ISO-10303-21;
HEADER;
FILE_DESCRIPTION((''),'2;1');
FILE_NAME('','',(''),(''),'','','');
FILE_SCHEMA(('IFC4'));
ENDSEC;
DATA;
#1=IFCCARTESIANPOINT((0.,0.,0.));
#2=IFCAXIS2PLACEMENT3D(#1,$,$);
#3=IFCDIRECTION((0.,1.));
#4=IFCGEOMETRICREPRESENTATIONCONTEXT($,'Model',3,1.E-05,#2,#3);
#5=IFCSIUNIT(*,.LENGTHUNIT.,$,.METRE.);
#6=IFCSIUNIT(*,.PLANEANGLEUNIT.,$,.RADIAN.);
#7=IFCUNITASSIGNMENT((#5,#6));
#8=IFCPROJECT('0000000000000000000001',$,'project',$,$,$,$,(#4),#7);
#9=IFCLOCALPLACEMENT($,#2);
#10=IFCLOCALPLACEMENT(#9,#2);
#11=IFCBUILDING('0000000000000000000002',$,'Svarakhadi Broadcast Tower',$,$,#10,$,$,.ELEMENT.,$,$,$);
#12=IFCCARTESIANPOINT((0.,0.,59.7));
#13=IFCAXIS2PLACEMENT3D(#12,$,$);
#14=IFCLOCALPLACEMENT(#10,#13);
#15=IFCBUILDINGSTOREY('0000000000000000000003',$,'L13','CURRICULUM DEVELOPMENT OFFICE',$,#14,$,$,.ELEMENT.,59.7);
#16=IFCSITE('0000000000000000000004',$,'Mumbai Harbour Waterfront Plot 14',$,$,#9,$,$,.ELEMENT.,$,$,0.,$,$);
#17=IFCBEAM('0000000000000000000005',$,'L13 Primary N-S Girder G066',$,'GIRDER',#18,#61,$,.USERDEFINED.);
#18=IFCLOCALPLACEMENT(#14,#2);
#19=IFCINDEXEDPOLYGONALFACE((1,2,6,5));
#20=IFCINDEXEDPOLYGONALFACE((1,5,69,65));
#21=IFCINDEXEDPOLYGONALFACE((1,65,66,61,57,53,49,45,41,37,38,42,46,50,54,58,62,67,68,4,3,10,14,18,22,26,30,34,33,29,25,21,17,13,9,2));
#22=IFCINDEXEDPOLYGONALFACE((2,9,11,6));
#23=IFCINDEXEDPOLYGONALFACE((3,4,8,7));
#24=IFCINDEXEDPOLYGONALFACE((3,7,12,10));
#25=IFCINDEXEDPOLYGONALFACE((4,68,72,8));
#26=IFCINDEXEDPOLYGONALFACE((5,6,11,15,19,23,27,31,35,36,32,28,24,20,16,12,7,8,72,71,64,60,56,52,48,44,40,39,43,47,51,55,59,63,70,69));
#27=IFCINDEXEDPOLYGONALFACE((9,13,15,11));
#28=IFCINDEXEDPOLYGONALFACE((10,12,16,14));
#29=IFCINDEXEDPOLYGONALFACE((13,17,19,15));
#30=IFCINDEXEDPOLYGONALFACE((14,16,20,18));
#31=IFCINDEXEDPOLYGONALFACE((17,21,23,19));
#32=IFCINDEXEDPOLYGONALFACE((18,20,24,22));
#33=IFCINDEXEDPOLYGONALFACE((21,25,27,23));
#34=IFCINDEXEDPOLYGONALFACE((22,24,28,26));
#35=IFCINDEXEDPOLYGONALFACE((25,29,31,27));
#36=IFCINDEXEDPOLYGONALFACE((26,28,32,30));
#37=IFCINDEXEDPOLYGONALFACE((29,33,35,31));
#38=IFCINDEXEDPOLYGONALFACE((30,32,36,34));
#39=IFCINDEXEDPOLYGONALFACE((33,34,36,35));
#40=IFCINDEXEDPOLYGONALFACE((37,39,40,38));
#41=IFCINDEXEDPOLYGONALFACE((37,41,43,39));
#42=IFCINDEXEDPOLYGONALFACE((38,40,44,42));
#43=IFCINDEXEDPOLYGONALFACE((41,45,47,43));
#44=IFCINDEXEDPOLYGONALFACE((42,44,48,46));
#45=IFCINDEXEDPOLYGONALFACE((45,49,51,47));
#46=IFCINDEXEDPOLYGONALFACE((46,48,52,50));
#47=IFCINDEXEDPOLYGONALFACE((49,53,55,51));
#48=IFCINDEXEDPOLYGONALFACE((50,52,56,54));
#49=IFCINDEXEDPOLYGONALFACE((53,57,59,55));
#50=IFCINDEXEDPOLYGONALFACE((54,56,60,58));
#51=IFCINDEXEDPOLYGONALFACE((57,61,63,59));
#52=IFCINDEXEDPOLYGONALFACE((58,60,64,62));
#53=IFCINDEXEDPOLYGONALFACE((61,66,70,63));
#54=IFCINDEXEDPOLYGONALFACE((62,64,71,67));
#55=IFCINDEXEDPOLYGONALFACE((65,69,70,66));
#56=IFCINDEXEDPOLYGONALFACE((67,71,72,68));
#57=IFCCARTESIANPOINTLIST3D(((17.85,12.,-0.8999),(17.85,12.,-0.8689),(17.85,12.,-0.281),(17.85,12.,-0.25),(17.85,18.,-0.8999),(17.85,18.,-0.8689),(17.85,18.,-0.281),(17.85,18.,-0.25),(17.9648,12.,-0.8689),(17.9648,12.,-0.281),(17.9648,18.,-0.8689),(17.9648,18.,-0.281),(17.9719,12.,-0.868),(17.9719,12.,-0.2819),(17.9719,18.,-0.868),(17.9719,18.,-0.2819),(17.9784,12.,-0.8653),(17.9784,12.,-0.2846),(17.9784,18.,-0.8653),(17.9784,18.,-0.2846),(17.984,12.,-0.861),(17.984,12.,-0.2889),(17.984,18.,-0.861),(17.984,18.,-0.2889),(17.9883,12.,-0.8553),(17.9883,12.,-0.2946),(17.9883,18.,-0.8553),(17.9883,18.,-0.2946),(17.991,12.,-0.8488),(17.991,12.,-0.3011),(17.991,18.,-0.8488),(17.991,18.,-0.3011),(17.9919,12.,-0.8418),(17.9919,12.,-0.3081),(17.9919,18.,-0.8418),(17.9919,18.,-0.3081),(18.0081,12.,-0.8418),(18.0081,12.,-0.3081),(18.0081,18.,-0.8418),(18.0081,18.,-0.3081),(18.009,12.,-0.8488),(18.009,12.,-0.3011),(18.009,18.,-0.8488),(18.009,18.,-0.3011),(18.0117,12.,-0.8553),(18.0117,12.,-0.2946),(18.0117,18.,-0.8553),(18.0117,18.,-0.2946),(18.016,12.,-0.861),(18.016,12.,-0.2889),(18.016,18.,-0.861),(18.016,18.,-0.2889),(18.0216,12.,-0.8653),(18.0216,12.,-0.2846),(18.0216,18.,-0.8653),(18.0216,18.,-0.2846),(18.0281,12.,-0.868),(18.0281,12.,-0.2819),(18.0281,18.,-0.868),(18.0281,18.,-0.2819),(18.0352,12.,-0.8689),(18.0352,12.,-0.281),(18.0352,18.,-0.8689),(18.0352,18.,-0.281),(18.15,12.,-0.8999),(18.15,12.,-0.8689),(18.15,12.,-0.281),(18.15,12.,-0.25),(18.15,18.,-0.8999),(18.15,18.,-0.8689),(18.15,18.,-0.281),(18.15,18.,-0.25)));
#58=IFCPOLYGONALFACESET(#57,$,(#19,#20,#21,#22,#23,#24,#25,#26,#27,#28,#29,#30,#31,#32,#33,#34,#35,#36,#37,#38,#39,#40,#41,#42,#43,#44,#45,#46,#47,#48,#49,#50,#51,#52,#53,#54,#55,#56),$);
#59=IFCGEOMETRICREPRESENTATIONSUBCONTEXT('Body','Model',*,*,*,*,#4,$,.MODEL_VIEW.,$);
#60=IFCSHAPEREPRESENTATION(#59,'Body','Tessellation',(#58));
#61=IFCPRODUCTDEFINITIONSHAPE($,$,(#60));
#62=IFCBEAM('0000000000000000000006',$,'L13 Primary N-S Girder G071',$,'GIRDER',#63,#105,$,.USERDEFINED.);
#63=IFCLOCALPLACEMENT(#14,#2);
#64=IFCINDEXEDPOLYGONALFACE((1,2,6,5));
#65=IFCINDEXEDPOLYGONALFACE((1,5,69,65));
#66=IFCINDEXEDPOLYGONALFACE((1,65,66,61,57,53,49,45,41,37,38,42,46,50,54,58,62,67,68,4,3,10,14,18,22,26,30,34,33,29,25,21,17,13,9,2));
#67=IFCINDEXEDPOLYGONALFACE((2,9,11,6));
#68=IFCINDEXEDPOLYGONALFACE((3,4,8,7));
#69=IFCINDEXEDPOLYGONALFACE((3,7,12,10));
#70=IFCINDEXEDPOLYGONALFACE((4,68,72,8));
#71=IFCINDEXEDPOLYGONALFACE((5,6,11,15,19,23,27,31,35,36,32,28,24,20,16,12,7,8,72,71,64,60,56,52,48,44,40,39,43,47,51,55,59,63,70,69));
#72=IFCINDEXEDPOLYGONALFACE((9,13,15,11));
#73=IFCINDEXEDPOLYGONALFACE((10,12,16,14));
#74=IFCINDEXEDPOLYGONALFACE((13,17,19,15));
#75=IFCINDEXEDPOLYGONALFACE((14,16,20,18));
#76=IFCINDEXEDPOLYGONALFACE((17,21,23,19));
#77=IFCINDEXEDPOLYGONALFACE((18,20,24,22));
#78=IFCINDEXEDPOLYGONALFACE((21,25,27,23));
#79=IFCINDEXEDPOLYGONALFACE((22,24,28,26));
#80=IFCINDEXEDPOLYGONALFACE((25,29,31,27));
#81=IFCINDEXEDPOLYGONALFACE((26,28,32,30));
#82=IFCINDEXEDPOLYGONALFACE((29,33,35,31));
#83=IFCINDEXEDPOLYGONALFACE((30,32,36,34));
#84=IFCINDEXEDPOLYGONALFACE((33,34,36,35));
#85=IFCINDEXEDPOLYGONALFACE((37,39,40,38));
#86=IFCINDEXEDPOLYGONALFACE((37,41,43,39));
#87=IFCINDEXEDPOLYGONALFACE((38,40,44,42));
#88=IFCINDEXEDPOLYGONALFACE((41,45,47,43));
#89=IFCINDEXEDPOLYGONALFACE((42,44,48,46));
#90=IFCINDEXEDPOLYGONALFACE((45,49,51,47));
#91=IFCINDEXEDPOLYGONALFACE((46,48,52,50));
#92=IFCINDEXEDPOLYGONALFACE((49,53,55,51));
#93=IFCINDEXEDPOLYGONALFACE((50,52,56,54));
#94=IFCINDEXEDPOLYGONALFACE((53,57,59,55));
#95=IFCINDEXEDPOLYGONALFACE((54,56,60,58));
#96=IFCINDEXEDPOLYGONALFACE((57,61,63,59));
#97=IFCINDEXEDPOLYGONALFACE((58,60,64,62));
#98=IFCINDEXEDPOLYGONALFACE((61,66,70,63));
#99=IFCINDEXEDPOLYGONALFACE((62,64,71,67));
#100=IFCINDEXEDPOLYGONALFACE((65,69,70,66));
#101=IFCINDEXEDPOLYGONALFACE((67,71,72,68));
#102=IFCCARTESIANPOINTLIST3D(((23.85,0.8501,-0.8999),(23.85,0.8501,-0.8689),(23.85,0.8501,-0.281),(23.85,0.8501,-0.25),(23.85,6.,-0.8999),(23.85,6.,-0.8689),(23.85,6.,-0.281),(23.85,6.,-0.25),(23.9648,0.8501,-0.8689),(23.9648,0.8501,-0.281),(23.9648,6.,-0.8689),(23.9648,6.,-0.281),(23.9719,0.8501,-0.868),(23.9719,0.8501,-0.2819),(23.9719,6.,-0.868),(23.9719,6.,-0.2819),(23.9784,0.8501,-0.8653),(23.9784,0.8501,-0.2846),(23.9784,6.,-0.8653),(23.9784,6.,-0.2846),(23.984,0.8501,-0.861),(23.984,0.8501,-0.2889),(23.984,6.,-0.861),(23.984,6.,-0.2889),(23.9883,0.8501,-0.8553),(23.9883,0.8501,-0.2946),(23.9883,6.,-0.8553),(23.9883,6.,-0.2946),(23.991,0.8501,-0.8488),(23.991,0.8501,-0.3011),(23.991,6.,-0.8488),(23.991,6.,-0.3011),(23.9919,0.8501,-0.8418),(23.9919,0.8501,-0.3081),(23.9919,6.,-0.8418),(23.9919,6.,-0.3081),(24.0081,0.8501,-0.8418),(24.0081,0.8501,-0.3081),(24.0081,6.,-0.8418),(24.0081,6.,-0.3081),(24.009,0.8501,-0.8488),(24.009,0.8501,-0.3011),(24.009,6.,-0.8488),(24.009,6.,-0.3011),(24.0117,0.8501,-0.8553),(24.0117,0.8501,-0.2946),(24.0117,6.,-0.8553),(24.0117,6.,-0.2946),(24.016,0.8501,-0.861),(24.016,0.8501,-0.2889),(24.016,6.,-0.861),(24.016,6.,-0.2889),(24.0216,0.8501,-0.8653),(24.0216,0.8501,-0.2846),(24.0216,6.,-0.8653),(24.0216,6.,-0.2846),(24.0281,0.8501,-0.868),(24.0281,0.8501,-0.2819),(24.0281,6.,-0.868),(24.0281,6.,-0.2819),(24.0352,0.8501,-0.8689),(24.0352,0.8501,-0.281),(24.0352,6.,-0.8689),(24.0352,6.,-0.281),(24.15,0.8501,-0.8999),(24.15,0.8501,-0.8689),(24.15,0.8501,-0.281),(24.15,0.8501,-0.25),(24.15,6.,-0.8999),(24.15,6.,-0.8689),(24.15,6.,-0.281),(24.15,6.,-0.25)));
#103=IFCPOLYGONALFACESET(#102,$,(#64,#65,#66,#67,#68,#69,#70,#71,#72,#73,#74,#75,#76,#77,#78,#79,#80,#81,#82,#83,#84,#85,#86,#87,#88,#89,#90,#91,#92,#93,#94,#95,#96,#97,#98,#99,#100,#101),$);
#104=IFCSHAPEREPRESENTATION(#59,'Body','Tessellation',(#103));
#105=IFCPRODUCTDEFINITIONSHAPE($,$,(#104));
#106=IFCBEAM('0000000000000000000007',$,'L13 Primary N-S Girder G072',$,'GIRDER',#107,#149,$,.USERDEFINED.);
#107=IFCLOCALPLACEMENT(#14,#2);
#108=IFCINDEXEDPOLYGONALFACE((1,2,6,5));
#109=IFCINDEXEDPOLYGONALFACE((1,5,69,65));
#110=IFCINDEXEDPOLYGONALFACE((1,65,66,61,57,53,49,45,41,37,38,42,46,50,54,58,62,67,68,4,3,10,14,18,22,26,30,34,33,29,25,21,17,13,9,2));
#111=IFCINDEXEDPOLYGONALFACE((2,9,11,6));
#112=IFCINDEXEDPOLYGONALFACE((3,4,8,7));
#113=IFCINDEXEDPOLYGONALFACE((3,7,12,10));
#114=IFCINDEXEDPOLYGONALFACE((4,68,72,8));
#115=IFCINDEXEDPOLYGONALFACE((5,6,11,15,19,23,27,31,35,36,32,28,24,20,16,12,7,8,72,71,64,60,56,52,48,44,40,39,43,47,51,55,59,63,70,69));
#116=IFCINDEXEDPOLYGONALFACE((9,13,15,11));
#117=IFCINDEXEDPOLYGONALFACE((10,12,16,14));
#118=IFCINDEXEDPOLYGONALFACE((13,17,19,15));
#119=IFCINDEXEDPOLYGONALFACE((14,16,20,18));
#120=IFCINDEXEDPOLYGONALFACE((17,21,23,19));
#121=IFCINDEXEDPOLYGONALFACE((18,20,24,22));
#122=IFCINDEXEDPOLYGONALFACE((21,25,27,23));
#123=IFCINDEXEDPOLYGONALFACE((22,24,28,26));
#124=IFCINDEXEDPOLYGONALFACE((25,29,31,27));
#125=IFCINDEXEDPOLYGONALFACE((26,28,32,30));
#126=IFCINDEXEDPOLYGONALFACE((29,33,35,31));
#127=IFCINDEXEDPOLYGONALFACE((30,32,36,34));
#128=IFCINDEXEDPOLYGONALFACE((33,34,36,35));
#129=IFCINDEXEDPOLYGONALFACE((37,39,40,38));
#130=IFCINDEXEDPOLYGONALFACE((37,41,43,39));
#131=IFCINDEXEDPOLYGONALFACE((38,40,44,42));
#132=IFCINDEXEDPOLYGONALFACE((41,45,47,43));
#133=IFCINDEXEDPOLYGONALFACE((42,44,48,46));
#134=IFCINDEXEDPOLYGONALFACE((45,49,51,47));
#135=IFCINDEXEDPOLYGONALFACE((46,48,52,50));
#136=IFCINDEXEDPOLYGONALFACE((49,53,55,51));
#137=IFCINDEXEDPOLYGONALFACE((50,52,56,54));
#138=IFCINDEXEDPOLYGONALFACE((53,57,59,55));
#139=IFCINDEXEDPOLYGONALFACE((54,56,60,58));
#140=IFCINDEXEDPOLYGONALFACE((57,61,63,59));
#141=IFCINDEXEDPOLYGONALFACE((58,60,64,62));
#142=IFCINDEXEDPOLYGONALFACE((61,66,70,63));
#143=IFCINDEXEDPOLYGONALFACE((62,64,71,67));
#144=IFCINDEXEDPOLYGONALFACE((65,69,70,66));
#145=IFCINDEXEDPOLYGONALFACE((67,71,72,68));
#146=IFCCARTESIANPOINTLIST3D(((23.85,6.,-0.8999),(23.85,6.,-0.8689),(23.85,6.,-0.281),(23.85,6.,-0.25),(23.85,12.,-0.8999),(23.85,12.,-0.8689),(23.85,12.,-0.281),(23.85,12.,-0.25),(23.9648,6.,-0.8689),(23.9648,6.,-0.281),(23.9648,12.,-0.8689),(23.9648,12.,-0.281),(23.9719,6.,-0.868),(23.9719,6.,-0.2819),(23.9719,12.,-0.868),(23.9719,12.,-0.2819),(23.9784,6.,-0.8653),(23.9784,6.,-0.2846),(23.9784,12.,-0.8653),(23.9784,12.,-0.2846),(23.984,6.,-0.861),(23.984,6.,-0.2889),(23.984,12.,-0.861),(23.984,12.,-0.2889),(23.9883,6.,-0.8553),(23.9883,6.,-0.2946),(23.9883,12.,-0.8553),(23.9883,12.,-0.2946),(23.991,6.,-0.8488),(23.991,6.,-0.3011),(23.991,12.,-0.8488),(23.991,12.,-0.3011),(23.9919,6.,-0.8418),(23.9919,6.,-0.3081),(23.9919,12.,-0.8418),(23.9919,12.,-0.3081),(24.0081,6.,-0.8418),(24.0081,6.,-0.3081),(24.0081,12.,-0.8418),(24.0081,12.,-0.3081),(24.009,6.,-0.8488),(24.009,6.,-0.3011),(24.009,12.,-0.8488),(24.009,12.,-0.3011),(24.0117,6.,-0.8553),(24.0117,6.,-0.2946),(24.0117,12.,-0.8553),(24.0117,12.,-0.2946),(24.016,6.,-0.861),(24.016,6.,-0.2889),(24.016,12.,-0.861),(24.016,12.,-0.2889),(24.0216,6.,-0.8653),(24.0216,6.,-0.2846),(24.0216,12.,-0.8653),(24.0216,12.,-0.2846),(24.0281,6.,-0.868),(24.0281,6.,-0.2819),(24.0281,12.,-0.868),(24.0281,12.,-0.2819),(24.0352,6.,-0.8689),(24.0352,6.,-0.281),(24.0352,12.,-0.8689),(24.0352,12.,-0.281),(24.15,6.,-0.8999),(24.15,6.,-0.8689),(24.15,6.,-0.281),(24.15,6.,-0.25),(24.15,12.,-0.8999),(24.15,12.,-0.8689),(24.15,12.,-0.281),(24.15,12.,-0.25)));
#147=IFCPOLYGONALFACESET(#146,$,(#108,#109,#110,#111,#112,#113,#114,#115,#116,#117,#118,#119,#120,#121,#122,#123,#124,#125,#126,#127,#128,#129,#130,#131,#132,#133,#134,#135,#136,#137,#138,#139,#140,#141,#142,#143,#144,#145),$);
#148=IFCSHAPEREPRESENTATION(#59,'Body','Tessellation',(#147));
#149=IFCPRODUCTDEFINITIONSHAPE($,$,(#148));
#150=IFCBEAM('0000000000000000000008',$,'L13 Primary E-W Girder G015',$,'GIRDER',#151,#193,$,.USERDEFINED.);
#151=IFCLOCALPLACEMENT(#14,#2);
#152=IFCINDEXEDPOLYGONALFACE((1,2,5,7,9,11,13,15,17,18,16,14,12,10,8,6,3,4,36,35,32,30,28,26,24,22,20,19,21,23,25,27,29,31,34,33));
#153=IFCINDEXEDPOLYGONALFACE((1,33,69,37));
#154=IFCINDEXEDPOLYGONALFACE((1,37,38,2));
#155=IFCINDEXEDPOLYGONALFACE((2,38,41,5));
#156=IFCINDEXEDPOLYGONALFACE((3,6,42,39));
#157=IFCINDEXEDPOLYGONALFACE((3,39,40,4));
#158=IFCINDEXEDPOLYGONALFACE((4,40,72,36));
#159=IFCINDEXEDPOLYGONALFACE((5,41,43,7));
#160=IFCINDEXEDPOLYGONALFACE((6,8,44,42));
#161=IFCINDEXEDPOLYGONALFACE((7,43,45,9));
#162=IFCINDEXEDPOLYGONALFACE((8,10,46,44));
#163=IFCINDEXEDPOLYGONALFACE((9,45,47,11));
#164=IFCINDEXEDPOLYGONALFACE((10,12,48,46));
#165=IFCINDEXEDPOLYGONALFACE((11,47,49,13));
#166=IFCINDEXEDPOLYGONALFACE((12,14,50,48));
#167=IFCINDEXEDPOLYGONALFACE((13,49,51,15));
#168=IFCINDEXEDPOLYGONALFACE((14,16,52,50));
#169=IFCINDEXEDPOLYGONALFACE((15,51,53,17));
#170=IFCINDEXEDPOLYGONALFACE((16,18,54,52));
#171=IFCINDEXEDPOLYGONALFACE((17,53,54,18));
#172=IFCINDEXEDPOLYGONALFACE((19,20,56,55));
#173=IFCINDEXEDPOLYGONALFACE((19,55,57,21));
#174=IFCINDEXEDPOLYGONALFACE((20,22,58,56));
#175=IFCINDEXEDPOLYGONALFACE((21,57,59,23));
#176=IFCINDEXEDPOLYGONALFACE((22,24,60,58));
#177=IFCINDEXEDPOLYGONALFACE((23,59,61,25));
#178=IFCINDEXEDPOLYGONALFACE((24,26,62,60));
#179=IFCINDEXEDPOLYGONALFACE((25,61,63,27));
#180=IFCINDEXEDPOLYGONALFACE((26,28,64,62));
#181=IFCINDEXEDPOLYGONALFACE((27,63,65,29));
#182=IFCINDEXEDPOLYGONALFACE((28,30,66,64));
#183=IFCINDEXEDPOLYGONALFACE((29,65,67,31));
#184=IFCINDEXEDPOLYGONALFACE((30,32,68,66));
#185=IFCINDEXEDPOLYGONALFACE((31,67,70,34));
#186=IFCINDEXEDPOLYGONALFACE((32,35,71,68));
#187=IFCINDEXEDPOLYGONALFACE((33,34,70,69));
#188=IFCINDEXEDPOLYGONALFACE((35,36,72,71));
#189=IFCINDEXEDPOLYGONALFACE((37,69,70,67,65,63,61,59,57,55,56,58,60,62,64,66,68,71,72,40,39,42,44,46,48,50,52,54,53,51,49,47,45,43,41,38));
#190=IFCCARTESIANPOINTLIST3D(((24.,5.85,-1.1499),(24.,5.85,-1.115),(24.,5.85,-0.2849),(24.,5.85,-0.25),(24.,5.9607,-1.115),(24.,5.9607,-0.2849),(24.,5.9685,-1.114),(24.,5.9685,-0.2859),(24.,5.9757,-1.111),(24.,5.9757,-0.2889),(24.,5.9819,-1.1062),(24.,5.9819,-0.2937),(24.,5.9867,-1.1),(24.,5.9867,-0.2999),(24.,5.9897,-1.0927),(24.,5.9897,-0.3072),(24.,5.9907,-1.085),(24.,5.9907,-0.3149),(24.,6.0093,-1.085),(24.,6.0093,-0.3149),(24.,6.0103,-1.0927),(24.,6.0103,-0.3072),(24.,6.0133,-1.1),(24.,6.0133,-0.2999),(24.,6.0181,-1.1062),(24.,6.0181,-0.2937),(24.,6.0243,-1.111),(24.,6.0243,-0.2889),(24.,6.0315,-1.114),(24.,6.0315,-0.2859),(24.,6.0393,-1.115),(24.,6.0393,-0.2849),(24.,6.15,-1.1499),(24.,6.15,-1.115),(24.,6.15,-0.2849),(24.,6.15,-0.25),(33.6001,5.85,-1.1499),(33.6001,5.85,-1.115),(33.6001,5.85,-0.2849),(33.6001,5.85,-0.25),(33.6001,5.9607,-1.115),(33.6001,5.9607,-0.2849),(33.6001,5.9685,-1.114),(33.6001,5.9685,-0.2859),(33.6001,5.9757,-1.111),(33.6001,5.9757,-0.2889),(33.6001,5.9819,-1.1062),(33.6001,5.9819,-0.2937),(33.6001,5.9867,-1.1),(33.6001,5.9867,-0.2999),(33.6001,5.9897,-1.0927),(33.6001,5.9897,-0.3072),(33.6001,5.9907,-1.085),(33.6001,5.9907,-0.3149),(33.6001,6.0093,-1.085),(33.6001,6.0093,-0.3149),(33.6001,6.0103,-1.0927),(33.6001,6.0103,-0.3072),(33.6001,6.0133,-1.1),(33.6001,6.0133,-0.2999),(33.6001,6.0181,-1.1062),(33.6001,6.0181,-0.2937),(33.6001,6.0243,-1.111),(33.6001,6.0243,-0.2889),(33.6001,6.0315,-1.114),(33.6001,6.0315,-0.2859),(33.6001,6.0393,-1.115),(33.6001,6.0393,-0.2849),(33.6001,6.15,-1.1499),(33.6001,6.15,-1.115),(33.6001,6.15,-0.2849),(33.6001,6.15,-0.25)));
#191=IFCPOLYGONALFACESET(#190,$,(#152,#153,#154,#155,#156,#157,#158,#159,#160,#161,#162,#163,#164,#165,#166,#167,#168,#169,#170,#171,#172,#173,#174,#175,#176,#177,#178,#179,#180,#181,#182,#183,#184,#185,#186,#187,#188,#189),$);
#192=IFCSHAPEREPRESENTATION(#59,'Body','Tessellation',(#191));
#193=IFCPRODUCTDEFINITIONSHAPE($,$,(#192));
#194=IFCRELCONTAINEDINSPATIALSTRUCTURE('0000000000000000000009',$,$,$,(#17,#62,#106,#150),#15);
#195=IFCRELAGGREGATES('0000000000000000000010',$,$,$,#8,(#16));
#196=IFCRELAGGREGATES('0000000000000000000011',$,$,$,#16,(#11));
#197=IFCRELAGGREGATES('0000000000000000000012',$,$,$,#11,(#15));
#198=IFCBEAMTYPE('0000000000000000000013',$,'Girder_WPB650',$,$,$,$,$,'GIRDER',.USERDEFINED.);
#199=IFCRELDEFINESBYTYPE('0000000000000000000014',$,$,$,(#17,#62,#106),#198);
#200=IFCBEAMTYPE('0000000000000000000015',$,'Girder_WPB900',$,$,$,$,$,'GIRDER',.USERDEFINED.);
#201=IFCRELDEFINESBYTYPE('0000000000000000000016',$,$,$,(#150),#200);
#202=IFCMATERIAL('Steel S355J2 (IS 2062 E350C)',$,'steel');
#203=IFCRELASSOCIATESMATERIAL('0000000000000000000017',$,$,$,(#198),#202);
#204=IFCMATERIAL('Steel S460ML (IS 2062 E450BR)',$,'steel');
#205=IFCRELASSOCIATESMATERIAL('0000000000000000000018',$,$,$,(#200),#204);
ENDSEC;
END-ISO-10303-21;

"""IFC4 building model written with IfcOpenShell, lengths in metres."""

from ifc_helpers import new_model, si_unit, direction, frame, origin, origin_2d, place, context, subcontext, project, spatial, i_section, extrude, material, material_profile, profile_set, type_object, element, save


model = new_model("IFC4")

# Units and contexts
model_context = context("Model", 3, precision=1e-05, world=origin(), true_north=direction((0.0, 1.0)))
body_context = subcontext(model_context, "Body", "Model", "MODEL_VIEW")
ifc_project = project(units=[si_unit("LENGTHUNIT", "METRE"), si_unit("PLANEANGLEUNIT", "RADIAN")], contexts=[model_context])

# Site, building, storey
site_placement = place(None, origin())
site = spatial("IfcSite", under=ifc_project, at=site_placement, Name="Mumbai Harbour Waterfront Plot 14", CompositionType="ELEMENT", RefElevation=0.0)
building_placement = place(site_placement, origin())
building = spatial("IfcBuilding", under=site, at=building_placement, Name="Svarakhadi Broadcast Tower", CompositionType="ELEMENT")
storey_placement = place(building_placement, frame((0.0, 0.0, 59.7)))
storey = spatial("IfcBuildingStorey", under=building, at=storey_placement, Name="L13", Description="CURRICULUM DEVELOPMENT OFFICE", CompositionType="ELEMENT", Elevation=59.7)

# Shared definitions
ifc_material_1 = material(Name="Steel S355J2 (IS 2062 E350C)", Category="steel")

# Shared definitions
ifc_material_2 = material(Name="Steel S460ML (IS 2062 E450BR)", Category="steel")

# Beams
ifc_material_profile_1 = material_profile(ifc_material_1, i_section(OverallWidth=0.3, OverallDepth=0.6499, WebThickness=0.0161, FlangeThickness=0.031, FilletRadius=0.0271, at=origin_2d()), Name="WPB 650x300x225")
ifc_profile_set_1 = profile_set([ifc_material_profile_1], Name="Steel S355J2 (IS 2062 E350C)")
beam_type_1 = type_object("IfcBeamType", Name="Girder_WPB650", ElementType="GIRDER", PredefinedType="USERDEFINED", material=ifc_profile_set_1)
for number, where, z_axis, x_axis, name in (
    (1, (18.0, 12.0, -0.575), (0.0, 1.0, 0.0), (-1.0, 0.0, 0.0), "L13 Primary N-S Girder G066"),
):
    element("IfcBeam", number, at=place(storey_placement, frame(where, z_axis=z_axis, x_axis=x_axis)), inside=storey, type_object=beam_type_1, Name=name, ObjectType="GIRDER", PredefinedType="USERDEFINED", context=body_context, shape_type="SweptSolid", body=[
        extrude(i_section(OverallWidth=0.3, OverallDepth=0.6499, WebThickness=0.0161, FlangeThickness=0.031, FilletRadius=0.0271, at=origin_2d()), origin(), (0.0, 0.0, 1.0), 6.0),
    ])
beam_1_placement = place(storey_placement, frame((24.0, 0.8501, -0.575), z_axis=(0.0, 1.0, 0.0), x_axis=(-1.0, 0.0, 0.0)))
element("IfcBeam", 2, at=beam_1_placement, inside=storey, type_object=beam_type_1, Name="L13 Primary N-S Girder G071", ObjectType="GIRDER", PredefinedType="USERDEFINED", context=body_context, shape_type="SweptSolid", body=[
    extrude(i_section(OverallWidth=0.3, OverallDepth=0.6499, WebThickness=0.0161, FlangeThickness=0.031, FilletRadius=0.0271, at=origin_2d()), origin(), (0.0, 0.0, 1.0), 5.1499),
])
beam_2_placement = place(storey_placement, frame((24.0, 6.0, -0.575), z_axis=(0.0, 1.0, 0.0), x_axis=(-1.0, 0.0, 0.0)))
element("IfcBeam", 3, at=beam_2_placement, inside=storey, type_object=beam_type_1, Name="L13 Primary N-S Girder G072", ObjectType="GIRDER", PredefinedType="USERDEFINED", context=body_context, shape_type="SweptSolid", body=[
    extrude(i_section(OverallWidth=0.3, OverallDepth=0.6499, WebThickness=0.0161, FlangeThickness=0.031, FilletRadius=0.0271, at=origin_2d()), origin(), (0.0, 0.0, 1.0), 6.0),
])
ifc_material_profile_2 = material_profile(ifc_material_2, i_section(OverallWidth=0.3, OverallDepth=0.8999, WebThickness=0.0186, FlangeThickness=0.0349, FilletRadius=0.03, at=origin_2d()), Name="WPB 900x300x291")
ifc_profile_set_2 = profile_set([ifc_material_profile_2], Name="Steel S460ML (IS 2062 E450BR)")
beam_type_2 = type_object("IfcBeamType", Name="Girder_WPB900", ElementType="GIRDER", PredefinedType="USERDEFINED", material=ifc_profile_set_2)
beam_3_placement = place(storey_placement, frame((24.0, 6.0, -0.7), z_axis=(1.0, 0.0, 0.0), x_axis=(0.0, 1.0, 0.0)))
element("IfcBeam", 4, at=beam_3_placement, inside=storey, type_object=beam_type_2, Name="L13 Primary E-W Girder G015", ObjectType="GIRDER", PredefinedType="USERDEFINED", context=body_context, shape_type="SweptSolid", body=[
    extrude(i_section(OverallWidth=0.3, OverallDepth=0.8999, WebThickness=0.0186, FlangeThickness=0.0349, FilletRadius=0.03, at=origin_2d()), origin(), (0.0, 0.0, 1.0), 9.6001),
])

save(model, "model.ifc")
